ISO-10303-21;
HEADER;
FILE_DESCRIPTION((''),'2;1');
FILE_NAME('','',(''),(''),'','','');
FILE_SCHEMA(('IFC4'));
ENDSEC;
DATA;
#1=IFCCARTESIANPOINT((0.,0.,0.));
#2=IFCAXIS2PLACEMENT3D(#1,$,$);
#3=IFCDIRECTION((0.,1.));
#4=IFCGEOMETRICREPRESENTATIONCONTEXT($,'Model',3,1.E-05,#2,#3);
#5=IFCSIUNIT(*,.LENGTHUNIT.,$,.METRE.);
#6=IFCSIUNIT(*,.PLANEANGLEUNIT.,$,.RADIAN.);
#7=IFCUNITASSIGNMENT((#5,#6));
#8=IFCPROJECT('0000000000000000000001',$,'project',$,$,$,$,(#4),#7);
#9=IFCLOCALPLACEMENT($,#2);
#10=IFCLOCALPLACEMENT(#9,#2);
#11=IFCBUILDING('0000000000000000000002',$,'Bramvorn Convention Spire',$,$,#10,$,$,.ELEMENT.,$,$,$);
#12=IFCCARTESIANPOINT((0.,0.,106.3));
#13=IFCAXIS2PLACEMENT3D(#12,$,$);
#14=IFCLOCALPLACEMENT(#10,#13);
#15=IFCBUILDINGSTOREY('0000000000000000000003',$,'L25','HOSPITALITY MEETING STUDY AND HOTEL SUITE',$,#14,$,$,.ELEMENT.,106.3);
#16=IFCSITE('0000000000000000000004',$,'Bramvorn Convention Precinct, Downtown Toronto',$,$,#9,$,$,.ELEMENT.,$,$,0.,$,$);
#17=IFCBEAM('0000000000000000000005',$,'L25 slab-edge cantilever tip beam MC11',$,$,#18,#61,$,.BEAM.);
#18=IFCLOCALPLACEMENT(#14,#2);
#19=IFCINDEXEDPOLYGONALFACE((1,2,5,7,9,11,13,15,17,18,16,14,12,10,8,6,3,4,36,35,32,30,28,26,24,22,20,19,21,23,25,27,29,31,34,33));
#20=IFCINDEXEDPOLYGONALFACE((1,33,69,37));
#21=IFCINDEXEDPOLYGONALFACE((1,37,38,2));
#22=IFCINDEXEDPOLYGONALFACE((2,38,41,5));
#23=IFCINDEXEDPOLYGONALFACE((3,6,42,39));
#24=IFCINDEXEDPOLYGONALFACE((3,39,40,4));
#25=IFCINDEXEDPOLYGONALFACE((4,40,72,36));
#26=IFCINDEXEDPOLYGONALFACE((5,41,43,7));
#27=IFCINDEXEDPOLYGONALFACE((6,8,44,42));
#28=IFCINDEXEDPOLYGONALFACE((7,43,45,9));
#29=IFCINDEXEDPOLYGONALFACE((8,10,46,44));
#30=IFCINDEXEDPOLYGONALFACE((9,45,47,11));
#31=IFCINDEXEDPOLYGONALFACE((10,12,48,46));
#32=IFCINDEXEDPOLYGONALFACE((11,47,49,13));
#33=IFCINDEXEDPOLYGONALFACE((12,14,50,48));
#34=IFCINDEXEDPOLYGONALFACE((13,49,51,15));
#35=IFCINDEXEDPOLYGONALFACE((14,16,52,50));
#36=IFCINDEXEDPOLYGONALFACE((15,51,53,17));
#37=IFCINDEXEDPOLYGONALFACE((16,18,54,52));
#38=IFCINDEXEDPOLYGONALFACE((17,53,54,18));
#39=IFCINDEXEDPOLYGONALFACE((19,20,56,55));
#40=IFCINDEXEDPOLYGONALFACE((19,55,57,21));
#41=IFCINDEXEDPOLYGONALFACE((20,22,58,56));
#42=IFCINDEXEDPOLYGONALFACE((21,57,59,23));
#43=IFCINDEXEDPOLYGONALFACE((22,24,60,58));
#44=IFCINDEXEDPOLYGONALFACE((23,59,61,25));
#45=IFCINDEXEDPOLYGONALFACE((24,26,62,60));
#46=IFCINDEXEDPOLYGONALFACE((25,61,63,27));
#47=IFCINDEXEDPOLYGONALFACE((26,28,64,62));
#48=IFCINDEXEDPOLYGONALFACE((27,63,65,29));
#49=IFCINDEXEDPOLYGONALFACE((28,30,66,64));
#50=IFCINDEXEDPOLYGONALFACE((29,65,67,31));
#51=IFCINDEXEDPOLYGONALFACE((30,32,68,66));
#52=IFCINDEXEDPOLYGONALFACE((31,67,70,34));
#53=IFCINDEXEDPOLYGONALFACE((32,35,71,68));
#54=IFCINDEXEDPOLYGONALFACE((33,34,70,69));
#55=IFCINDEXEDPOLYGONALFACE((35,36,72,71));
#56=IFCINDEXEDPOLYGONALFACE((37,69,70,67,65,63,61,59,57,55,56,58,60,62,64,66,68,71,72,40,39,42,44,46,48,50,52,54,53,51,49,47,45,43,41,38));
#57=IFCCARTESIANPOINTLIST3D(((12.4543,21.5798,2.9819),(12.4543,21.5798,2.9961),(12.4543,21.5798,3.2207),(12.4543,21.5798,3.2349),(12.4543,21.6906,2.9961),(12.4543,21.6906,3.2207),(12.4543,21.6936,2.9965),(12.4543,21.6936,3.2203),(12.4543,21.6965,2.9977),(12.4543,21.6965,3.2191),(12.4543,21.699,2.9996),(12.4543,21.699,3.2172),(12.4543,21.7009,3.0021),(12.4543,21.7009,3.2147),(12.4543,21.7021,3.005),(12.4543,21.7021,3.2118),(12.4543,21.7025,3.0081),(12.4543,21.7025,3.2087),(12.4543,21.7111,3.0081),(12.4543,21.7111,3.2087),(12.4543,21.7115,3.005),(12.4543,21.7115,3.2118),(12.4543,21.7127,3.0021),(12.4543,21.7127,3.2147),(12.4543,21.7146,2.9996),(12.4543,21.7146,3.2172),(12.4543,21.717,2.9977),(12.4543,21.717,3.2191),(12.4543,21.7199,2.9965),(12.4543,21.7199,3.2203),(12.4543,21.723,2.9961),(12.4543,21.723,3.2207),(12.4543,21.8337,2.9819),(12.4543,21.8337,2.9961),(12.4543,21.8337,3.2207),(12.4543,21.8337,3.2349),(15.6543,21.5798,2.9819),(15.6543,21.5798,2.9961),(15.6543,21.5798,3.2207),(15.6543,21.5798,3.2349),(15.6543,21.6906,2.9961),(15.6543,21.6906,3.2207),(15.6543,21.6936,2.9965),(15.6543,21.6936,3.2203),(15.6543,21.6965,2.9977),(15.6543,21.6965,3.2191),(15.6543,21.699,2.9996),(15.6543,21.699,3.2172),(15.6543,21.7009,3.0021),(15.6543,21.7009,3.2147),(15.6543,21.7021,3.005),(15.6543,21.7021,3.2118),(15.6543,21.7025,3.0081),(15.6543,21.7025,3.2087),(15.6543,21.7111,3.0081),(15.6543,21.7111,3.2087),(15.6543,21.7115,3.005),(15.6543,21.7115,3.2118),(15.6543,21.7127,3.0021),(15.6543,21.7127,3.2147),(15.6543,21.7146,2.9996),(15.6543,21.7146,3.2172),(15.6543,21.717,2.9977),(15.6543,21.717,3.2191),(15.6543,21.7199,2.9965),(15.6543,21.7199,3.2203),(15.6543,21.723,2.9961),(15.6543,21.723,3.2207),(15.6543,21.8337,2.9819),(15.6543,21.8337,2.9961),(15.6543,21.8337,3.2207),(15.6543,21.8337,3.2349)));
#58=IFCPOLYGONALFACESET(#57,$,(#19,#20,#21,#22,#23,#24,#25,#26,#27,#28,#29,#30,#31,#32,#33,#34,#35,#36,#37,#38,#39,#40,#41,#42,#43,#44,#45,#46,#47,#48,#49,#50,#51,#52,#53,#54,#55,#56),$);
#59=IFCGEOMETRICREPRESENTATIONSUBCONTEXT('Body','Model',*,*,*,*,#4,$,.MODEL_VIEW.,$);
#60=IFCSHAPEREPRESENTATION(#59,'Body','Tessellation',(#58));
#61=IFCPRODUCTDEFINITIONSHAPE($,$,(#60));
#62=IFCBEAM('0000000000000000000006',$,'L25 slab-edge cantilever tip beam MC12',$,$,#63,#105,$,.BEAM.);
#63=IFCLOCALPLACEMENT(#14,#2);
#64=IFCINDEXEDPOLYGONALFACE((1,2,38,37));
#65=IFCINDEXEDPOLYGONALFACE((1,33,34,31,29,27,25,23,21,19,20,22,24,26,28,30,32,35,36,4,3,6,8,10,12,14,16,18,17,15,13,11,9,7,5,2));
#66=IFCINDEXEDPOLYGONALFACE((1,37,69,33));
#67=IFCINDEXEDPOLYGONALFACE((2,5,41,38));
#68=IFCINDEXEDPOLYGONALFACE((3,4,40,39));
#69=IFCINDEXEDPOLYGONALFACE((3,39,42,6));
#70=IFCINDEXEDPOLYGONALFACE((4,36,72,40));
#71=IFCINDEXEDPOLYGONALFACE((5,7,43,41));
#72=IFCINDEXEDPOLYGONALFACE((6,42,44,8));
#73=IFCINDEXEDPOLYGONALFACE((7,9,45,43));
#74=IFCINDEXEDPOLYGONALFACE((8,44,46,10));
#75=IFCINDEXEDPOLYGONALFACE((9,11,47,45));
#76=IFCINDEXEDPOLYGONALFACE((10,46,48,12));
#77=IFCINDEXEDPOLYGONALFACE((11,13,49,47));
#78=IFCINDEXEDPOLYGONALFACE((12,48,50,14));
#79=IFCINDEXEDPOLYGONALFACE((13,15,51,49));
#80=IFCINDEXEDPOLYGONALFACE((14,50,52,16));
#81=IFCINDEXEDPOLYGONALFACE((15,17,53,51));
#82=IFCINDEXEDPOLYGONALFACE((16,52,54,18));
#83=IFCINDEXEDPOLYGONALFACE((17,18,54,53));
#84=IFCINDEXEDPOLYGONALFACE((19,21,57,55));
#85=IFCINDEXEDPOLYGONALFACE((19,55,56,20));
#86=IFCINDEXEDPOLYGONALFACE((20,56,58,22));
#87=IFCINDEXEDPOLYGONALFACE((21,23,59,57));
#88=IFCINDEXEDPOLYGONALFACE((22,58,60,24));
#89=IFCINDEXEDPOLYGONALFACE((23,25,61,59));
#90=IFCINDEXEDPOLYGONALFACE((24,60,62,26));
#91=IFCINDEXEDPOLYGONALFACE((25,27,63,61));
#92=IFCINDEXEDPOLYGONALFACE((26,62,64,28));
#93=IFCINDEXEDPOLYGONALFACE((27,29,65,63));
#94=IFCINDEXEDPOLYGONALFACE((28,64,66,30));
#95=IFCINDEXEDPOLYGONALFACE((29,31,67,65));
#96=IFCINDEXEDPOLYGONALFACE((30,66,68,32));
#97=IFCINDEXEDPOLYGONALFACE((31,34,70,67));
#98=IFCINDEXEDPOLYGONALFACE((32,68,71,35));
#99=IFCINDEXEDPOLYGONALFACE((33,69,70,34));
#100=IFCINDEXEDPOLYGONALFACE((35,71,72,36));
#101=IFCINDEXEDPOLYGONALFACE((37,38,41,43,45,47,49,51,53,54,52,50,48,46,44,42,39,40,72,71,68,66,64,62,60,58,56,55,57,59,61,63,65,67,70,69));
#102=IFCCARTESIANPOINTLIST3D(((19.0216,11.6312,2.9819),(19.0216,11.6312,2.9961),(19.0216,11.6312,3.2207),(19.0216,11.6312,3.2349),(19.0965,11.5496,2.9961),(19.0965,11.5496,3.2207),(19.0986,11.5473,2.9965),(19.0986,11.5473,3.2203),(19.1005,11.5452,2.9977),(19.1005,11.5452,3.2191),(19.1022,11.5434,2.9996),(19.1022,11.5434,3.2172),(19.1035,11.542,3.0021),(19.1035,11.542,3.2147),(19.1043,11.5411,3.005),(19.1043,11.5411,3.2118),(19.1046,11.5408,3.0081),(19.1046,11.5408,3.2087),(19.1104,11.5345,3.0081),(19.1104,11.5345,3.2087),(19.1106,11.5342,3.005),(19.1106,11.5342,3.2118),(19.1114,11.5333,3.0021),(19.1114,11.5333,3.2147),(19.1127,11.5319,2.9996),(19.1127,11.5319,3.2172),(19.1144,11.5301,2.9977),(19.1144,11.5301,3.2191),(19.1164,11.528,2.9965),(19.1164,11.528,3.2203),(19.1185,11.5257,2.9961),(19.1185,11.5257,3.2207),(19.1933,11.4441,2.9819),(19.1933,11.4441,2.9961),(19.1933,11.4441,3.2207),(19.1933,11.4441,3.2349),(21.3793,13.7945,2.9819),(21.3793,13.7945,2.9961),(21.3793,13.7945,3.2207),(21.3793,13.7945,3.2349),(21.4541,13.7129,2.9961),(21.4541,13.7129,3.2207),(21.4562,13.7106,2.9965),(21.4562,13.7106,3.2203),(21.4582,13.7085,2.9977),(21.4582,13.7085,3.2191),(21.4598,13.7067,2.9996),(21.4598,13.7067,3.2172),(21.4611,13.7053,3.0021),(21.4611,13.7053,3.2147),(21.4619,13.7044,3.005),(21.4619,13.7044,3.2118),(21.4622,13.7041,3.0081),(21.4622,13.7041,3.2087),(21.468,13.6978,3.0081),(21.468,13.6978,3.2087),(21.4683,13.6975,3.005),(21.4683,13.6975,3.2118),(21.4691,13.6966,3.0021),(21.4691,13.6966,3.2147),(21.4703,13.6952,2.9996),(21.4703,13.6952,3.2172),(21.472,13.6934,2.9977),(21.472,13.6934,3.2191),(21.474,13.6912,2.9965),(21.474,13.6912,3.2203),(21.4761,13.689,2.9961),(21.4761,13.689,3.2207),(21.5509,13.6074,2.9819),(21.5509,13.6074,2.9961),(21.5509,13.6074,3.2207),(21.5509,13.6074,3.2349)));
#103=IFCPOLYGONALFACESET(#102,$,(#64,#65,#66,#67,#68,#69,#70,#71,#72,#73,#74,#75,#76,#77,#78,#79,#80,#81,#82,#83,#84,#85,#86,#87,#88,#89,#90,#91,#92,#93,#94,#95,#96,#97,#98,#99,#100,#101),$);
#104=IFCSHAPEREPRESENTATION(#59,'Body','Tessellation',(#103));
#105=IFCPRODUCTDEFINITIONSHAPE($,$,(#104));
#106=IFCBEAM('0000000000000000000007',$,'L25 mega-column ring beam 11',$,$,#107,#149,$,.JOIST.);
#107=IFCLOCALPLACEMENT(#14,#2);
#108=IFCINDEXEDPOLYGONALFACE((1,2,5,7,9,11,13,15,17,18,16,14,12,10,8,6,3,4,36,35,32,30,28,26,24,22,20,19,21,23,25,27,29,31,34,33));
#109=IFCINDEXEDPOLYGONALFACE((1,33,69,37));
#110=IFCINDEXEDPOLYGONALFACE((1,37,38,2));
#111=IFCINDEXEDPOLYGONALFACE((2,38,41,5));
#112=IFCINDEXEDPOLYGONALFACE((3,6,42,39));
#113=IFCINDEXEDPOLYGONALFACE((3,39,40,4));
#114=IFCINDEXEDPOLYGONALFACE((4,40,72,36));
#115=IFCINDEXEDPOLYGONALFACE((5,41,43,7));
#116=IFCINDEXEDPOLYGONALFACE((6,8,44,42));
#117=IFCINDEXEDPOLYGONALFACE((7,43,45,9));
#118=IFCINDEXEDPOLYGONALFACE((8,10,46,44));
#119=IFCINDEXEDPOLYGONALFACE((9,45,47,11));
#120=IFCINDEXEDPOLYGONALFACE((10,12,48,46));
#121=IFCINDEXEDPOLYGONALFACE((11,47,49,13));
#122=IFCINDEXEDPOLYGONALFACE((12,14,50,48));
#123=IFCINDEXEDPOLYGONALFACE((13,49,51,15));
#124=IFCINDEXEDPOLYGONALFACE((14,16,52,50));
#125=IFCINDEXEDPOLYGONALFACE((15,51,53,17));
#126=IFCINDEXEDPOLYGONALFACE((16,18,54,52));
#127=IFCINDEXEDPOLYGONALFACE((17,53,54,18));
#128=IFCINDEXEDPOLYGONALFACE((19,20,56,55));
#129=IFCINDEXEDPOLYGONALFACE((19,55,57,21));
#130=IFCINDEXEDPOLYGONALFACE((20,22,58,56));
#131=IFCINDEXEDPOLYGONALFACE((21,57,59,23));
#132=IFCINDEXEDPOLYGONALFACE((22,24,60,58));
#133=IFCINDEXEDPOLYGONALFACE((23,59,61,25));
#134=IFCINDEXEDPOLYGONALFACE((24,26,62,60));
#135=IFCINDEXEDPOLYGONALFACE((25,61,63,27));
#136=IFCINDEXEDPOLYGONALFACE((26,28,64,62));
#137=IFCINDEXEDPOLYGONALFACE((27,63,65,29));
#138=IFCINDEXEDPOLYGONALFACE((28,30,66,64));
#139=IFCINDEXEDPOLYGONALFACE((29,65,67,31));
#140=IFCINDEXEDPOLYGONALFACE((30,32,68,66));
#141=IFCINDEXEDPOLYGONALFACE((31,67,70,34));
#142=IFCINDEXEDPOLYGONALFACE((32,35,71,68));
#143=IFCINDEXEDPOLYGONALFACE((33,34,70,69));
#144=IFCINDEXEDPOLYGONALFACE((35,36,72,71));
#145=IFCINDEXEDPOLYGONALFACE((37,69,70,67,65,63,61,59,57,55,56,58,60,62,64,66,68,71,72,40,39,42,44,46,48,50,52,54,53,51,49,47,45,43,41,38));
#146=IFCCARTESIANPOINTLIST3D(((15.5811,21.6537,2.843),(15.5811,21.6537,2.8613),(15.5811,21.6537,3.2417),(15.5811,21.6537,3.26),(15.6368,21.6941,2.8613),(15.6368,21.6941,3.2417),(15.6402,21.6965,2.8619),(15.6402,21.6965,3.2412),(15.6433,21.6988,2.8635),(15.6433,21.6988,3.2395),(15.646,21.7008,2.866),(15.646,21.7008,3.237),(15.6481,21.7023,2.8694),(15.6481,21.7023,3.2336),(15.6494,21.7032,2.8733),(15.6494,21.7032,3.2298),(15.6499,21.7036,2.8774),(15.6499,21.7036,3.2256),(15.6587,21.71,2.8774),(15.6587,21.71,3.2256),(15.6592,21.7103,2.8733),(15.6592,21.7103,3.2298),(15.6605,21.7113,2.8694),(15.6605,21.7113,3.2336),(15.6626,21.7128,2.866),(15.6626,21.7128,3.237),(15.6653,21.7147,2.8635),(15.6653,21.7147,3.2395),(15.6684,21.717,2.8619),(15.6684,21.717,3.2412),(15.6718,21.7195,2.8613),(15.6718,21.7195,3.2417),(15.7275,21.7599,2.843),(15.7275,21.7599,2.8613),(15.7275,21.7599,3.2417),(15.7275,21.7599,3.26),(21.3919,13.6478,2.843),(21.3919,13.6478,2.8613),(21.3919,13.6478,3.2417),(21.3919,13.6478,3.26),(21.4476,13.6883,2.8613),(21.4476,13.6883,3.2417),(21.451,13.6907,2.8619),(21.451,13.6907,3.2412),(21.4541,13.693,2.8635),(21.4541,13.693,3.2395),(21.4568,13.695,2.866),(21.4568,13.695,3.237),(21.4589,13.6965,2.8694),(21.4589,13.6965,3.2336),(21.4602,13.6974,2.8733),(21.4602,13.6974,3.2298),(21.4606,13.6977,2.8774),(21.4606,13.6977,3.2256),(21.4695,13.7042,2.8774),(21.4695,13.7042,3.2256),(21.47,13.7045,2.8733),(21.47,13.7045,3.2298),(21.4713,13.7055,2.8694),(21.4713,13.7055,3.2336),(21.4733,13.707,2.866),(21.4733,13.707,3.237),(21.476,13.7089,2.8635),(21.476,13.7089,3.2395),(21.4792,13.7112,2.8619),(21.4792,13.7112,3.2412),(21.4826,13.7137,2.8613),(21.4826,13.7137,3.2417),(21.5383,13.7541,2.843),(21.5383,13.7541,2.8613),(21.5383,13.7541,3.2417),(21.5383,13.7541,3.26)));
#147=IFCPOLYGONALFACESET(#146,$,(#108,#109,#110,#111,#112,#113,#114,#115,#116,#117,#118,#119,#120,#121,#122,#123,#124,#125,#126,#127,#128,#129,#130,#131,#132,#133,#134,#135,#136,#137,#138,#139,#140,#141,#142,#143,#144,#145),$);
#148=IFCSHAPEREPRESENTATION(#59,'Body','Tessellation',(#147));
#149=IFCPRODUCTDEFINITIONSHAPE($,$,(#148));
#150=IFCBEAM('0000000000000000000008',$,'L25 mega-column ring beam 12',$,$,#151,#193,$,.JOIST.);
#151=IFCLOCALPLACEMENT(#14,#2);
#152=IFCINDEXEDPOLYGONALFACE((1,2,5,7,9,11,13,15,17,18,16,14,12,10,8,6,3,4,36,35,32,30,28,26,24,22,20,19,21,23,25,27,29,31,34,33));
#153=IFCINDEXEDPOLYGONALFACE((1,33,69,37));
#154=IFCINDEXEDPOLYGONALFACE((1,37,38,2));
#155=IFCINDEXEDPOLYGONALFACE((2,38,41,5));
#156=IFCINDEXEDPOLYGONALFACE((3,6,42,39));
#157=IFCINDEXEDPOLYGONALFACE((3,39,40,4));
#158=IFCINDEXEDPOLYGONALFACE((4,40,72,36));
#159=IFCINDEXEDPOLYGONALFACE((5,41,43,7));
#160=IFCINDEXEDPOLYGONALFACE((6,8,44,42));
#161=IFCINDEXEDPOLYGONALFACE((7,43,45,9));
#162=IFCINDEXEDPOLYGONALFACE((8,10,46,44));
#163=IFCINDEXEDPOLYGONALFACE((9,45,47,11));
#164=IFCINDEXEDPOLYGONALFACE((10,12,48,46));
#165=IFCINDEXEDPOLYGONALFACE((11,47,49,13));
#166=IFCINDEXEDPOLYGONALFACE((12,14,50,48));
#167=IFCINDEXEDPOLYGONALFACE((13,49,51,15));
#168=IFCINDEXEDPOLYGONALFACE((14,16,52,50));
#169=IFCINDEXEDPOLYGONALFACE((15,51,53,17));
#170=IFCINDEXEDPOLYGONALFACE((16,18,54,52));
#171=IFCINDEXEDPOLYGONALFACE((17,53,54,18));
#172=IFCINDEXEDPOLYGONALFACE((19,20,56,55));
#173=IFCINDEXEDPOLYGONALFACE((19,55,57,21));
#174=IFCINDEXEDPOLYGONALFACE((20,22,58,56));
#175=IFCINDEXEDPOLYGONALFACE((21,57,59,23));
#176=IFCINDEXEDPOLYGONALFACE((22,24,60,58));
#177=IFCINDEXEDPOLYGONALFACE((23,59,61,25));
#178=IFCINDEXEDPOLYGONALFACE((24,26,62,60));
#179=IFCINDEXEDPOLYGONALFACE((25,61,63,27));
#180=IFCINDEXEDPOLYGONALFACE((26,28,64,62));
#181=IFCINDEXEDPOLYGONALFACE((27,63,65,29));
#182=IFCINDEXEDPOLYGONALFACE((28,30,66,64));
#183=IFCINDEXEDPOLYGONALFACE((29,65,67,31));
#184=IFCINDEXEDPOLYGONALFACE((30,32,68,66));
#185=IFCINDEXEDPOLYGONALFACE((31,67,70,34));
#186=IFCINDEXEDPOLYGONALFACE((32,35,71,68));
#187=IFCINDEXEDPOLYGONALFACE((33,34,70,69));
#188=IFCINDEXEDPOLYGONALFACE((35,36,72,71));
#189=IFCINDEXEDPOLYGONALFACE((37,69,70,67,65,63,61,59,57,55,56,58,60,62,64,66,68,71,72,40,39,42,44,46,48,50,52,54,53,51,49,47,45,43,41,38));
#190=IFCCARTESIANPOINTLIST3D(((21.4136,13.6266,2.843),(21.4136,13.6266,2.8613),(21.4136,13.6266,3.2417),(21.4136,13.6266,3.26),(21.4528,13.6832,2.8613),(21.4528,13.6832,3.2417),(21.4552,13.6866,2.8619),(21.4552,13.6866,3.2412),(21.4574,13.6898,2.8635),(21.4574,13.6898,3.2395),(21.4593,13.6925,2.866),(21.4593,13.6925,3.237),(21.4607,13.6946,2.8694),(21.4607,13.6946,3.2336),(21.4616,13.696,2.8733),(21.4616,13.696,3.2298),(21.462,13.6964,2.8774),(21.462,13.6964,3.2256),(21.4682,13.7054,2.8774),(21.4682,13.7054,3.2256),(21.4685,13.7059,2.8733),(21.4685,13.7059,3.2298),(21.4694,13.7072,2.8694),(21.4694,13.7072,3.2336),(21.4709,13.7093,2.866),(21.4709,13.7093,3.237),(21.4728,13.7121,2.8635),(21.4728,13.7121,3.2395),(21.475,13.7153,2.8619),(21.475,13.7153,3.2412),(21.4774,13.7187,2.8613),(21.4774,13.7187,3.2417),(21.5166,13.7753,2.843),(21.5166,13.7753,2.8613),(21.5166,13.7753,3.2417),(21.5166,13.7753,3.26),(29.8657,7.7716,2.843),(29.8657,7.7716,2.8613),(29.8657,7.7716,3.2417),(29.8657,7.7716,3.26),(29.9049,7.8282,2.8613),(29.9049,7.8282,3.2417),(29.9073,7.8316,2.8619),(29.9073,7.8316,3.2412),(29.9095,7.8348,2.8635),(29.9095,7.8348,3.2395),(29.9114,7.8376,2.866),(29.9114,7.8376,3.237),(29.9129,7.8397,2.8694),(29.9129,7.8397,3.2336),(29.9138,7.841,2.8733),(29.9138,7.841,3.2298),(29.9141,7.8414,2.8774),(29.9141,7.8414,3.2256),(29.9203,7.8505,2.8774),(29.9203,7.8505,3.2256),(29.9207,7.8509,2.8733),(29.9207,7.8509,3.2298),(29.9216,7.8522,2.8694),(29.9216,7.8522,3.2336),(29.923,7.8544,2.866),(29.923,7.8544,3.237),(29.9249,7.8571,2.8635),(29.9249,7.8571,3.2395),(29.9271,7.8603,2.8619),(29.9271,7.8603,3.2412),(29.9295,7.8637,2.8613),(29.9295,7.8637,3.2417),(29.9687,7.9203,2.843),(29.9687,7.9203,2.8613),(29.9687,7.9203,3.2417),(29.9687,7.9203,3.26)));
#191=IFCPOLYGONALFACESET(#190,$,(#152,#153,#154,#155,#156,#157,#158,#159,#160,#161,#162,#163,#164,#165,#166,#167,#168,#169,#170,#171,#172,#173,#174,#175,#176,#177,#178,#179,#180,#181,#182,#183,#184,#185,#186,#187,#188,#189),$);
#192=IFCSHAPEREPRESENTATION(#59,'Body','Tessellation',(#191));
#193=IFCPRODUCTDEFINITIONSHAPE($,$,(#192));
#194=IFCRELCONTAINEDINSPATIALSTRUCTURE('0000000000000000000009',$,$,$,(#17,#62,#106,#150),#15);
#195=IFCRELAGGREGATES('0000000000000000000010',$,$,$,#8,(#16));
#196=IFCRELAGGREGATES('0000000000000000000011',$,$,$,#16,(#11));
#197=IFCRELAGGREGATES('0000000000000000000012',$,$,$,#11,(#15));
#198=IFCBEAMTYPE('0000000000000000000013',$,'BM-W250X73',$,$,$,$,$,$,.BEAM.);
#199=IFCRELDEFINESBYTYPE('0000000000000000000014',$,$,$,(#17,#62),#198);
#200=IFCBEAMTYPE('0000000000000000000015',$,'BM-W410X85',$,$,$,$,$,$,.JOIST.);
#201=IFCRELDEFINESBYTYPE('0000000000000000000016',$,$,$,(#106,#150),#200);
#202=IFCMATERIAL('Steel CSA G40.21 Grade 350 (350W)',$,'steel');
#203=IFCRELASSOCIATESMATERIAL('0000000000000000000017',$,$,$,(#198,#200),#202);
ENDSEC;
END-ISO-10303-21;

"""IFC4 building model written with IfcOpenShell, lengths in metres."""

from ifc_helpers import new_model, si_unit, direction, frame, origin, origin_2d, place, context, subcontext, project, spatial, i_section, extrude, material, material_profile, profile_set, type_object, element, save


model = new_model("IFC4")

# Units and contexts
model_context = context("Model", 3, precision=1e-05, world=origin(), true_north=direction((0.0, 1.0)))
body_context = subcontext(model_context, "Body", "Model", "MODEL_VIEW")
ifc_project = project(units=[si_unit("LENGTHUNIT", "METRE"), si_unit("PLANEANGLEUNIT", "RADIAN")], contexts=[model_context])

# Site, building, storey
site_placement = place(None, origin())
site = spatial("IfcSite", under=ifc_project, at=site_placement, Name="Bramvorn Convention Precinct, Downtown Toronto", CompositionType="ELEMENT", RefElevation=0.0)
building_placement = place(site_placement, origin())
building = spatial("IfcBuilding", under=site, at=building_placement, Name="Bramvorn Convention Spire", CompositionType="ELEMENT")
storey_placement = place(building_placement, frame((0.0, 0.0, 106.3)))
storey = spatial("IfcBuildingStorey", under=building, at=storey_placement, Name="L25", Description="HOSPITALITY MEETING STUDY AND HOTEL SUITE", CompositionType="ELEMENT", Elevation=106.3)

# Shared definitions
ifc_material_1 = material(Name="Steel CSA G40.21 Grade 350 (350W)", Category="steel")

# Beams
ifc_material_profile_1 = material_profile(ifc_material_1, i_section(OverallWidth=0.2539, OverallDepth=0.2529, WebThickness=0.0085, FlangeThickness=0.0142, FilletRadius=0.012, at=origin_2d()))
ifc_profile_set_1 = profile_set([ifc_material_profile_1], Name="Steel CSA G40.21 Grade 350 (350W) - W250X73")
beam_type_1 = type_object("IfcBeamType", Name="BM-W250X73", PredefinedType="BEAM", material=ifc_profile_set_1)
beam_1_placement = place(storey_placement, frame((15.6543, 21.7068, 3.1084), z_axis=(-1.0, 0.0, 0.0), x_axis=(0.0, -1.0, 0.0)))
element("IfcBeam", 1, at=beam_1_placement, inside=storey, type_object=beam_type_1, Name="L25 slab-edge cantilever tip beam MC11", PredefinedType="BEAM", context=body_context, shape_type="SweptSolid", body=[
    extrude(i_section(OverallWidth=0.2539, OverallDepth=0.2529, WebThickness=0.0085, FlangeThickness=0.0142, FilletRadius=0.012, at=origin_2d()), origin(), (0.0, 0.0, 1.0), 3.2),
])
beam_2_placement = place(storey_placement, frame((21.4651, 13.7009, 3.1084), z_axis=(-0.736822, -0.676087, 0.0), x_axis=(0.676087, -0.736822, 0.0)))
element("IfcBeam", 2, at=beam_2_placement, inside=storey, type_object=beam_type_1, Name="L25 slab-edge cantilever tip beam MC12", PredefinedType="BEAM", context=body_context, shape_type="SweptSolid", body=[
    extrude(i_section(OverallWidth=0.2539, OverallDepth=0.2529, WebThickness=0.0085, FlangeThickness=0.0142, FilletRadius=0.012, at=origin_2d()), origin(), (0.0, 0.0, 1.0), 3.1997),
])
ifc_material_profile_2 = material_profile(ifc_material_1, i_section(OverallWidth=0.1809, OverallDepth=0.417, WebThickness=0.011, FlangeThickness=0.0183, FilletRadius=0.0161, at=origin_2d()))
ifc_profile_set_2 = profile_set([ifc_material_profile_2], Name="Steel CSA G40.21 Grade 350 (350W) - W410X85")
beam_type_2 = type_object("IfcBeamType", Name="BM-W410X85", PredefinedType="JOIST", material=ifc_profile_set_2)
beam_3_placement = place(storey_placement, frame((15.6543, 21.7068, 3.0515), z_axis=(0.587401, -0.809296, 0.0), x_axis=(0.809296, 0.587401, 0.0)))
element("IfcBeam", 3, at=beam_3_placement, inside=storey, type_object=beam_type_2, Name="L25 mega-column ring beam 11", PredefinedType="JOIST", context=body_context, shape_type="SweptSolid", body=[
    extrude(i_section(OverallWidth=0.1809, OverallDepth=0.417, WebThickness=0.011, FlangeThickness=0.0183, FilletRadius=0.0161, at=origin_2d()), origin(), (0.0, 0.0, 1.0), 9.8923),
])
beam_4_placement = place(storey_placement, frame((21.4651, 13.7009, 3.0515), z_axis=(0.822033, -0.56944, 0.0), x_axis=(0.56944, 0.822033, 0.0)))
element("IfcBeam", 4, at=beam_4_placement, inside=storey, type_object=beam_type_2, Name="L25 mega-column ring beam 12", PredefinedType="JOIST", context=body_context, shape_type="SweptSolid", body=[
    extrude(i_section(OverallWidth=0.1809, OverallDepth=0.417, WebThickness=0.011, FlangeThickness=0.0183, FilletRadius=0.0161, at=origin_2d()), origin(), (0.0, 0.0, 1.0), 10.282),
])

save(model, "model.ifc")
